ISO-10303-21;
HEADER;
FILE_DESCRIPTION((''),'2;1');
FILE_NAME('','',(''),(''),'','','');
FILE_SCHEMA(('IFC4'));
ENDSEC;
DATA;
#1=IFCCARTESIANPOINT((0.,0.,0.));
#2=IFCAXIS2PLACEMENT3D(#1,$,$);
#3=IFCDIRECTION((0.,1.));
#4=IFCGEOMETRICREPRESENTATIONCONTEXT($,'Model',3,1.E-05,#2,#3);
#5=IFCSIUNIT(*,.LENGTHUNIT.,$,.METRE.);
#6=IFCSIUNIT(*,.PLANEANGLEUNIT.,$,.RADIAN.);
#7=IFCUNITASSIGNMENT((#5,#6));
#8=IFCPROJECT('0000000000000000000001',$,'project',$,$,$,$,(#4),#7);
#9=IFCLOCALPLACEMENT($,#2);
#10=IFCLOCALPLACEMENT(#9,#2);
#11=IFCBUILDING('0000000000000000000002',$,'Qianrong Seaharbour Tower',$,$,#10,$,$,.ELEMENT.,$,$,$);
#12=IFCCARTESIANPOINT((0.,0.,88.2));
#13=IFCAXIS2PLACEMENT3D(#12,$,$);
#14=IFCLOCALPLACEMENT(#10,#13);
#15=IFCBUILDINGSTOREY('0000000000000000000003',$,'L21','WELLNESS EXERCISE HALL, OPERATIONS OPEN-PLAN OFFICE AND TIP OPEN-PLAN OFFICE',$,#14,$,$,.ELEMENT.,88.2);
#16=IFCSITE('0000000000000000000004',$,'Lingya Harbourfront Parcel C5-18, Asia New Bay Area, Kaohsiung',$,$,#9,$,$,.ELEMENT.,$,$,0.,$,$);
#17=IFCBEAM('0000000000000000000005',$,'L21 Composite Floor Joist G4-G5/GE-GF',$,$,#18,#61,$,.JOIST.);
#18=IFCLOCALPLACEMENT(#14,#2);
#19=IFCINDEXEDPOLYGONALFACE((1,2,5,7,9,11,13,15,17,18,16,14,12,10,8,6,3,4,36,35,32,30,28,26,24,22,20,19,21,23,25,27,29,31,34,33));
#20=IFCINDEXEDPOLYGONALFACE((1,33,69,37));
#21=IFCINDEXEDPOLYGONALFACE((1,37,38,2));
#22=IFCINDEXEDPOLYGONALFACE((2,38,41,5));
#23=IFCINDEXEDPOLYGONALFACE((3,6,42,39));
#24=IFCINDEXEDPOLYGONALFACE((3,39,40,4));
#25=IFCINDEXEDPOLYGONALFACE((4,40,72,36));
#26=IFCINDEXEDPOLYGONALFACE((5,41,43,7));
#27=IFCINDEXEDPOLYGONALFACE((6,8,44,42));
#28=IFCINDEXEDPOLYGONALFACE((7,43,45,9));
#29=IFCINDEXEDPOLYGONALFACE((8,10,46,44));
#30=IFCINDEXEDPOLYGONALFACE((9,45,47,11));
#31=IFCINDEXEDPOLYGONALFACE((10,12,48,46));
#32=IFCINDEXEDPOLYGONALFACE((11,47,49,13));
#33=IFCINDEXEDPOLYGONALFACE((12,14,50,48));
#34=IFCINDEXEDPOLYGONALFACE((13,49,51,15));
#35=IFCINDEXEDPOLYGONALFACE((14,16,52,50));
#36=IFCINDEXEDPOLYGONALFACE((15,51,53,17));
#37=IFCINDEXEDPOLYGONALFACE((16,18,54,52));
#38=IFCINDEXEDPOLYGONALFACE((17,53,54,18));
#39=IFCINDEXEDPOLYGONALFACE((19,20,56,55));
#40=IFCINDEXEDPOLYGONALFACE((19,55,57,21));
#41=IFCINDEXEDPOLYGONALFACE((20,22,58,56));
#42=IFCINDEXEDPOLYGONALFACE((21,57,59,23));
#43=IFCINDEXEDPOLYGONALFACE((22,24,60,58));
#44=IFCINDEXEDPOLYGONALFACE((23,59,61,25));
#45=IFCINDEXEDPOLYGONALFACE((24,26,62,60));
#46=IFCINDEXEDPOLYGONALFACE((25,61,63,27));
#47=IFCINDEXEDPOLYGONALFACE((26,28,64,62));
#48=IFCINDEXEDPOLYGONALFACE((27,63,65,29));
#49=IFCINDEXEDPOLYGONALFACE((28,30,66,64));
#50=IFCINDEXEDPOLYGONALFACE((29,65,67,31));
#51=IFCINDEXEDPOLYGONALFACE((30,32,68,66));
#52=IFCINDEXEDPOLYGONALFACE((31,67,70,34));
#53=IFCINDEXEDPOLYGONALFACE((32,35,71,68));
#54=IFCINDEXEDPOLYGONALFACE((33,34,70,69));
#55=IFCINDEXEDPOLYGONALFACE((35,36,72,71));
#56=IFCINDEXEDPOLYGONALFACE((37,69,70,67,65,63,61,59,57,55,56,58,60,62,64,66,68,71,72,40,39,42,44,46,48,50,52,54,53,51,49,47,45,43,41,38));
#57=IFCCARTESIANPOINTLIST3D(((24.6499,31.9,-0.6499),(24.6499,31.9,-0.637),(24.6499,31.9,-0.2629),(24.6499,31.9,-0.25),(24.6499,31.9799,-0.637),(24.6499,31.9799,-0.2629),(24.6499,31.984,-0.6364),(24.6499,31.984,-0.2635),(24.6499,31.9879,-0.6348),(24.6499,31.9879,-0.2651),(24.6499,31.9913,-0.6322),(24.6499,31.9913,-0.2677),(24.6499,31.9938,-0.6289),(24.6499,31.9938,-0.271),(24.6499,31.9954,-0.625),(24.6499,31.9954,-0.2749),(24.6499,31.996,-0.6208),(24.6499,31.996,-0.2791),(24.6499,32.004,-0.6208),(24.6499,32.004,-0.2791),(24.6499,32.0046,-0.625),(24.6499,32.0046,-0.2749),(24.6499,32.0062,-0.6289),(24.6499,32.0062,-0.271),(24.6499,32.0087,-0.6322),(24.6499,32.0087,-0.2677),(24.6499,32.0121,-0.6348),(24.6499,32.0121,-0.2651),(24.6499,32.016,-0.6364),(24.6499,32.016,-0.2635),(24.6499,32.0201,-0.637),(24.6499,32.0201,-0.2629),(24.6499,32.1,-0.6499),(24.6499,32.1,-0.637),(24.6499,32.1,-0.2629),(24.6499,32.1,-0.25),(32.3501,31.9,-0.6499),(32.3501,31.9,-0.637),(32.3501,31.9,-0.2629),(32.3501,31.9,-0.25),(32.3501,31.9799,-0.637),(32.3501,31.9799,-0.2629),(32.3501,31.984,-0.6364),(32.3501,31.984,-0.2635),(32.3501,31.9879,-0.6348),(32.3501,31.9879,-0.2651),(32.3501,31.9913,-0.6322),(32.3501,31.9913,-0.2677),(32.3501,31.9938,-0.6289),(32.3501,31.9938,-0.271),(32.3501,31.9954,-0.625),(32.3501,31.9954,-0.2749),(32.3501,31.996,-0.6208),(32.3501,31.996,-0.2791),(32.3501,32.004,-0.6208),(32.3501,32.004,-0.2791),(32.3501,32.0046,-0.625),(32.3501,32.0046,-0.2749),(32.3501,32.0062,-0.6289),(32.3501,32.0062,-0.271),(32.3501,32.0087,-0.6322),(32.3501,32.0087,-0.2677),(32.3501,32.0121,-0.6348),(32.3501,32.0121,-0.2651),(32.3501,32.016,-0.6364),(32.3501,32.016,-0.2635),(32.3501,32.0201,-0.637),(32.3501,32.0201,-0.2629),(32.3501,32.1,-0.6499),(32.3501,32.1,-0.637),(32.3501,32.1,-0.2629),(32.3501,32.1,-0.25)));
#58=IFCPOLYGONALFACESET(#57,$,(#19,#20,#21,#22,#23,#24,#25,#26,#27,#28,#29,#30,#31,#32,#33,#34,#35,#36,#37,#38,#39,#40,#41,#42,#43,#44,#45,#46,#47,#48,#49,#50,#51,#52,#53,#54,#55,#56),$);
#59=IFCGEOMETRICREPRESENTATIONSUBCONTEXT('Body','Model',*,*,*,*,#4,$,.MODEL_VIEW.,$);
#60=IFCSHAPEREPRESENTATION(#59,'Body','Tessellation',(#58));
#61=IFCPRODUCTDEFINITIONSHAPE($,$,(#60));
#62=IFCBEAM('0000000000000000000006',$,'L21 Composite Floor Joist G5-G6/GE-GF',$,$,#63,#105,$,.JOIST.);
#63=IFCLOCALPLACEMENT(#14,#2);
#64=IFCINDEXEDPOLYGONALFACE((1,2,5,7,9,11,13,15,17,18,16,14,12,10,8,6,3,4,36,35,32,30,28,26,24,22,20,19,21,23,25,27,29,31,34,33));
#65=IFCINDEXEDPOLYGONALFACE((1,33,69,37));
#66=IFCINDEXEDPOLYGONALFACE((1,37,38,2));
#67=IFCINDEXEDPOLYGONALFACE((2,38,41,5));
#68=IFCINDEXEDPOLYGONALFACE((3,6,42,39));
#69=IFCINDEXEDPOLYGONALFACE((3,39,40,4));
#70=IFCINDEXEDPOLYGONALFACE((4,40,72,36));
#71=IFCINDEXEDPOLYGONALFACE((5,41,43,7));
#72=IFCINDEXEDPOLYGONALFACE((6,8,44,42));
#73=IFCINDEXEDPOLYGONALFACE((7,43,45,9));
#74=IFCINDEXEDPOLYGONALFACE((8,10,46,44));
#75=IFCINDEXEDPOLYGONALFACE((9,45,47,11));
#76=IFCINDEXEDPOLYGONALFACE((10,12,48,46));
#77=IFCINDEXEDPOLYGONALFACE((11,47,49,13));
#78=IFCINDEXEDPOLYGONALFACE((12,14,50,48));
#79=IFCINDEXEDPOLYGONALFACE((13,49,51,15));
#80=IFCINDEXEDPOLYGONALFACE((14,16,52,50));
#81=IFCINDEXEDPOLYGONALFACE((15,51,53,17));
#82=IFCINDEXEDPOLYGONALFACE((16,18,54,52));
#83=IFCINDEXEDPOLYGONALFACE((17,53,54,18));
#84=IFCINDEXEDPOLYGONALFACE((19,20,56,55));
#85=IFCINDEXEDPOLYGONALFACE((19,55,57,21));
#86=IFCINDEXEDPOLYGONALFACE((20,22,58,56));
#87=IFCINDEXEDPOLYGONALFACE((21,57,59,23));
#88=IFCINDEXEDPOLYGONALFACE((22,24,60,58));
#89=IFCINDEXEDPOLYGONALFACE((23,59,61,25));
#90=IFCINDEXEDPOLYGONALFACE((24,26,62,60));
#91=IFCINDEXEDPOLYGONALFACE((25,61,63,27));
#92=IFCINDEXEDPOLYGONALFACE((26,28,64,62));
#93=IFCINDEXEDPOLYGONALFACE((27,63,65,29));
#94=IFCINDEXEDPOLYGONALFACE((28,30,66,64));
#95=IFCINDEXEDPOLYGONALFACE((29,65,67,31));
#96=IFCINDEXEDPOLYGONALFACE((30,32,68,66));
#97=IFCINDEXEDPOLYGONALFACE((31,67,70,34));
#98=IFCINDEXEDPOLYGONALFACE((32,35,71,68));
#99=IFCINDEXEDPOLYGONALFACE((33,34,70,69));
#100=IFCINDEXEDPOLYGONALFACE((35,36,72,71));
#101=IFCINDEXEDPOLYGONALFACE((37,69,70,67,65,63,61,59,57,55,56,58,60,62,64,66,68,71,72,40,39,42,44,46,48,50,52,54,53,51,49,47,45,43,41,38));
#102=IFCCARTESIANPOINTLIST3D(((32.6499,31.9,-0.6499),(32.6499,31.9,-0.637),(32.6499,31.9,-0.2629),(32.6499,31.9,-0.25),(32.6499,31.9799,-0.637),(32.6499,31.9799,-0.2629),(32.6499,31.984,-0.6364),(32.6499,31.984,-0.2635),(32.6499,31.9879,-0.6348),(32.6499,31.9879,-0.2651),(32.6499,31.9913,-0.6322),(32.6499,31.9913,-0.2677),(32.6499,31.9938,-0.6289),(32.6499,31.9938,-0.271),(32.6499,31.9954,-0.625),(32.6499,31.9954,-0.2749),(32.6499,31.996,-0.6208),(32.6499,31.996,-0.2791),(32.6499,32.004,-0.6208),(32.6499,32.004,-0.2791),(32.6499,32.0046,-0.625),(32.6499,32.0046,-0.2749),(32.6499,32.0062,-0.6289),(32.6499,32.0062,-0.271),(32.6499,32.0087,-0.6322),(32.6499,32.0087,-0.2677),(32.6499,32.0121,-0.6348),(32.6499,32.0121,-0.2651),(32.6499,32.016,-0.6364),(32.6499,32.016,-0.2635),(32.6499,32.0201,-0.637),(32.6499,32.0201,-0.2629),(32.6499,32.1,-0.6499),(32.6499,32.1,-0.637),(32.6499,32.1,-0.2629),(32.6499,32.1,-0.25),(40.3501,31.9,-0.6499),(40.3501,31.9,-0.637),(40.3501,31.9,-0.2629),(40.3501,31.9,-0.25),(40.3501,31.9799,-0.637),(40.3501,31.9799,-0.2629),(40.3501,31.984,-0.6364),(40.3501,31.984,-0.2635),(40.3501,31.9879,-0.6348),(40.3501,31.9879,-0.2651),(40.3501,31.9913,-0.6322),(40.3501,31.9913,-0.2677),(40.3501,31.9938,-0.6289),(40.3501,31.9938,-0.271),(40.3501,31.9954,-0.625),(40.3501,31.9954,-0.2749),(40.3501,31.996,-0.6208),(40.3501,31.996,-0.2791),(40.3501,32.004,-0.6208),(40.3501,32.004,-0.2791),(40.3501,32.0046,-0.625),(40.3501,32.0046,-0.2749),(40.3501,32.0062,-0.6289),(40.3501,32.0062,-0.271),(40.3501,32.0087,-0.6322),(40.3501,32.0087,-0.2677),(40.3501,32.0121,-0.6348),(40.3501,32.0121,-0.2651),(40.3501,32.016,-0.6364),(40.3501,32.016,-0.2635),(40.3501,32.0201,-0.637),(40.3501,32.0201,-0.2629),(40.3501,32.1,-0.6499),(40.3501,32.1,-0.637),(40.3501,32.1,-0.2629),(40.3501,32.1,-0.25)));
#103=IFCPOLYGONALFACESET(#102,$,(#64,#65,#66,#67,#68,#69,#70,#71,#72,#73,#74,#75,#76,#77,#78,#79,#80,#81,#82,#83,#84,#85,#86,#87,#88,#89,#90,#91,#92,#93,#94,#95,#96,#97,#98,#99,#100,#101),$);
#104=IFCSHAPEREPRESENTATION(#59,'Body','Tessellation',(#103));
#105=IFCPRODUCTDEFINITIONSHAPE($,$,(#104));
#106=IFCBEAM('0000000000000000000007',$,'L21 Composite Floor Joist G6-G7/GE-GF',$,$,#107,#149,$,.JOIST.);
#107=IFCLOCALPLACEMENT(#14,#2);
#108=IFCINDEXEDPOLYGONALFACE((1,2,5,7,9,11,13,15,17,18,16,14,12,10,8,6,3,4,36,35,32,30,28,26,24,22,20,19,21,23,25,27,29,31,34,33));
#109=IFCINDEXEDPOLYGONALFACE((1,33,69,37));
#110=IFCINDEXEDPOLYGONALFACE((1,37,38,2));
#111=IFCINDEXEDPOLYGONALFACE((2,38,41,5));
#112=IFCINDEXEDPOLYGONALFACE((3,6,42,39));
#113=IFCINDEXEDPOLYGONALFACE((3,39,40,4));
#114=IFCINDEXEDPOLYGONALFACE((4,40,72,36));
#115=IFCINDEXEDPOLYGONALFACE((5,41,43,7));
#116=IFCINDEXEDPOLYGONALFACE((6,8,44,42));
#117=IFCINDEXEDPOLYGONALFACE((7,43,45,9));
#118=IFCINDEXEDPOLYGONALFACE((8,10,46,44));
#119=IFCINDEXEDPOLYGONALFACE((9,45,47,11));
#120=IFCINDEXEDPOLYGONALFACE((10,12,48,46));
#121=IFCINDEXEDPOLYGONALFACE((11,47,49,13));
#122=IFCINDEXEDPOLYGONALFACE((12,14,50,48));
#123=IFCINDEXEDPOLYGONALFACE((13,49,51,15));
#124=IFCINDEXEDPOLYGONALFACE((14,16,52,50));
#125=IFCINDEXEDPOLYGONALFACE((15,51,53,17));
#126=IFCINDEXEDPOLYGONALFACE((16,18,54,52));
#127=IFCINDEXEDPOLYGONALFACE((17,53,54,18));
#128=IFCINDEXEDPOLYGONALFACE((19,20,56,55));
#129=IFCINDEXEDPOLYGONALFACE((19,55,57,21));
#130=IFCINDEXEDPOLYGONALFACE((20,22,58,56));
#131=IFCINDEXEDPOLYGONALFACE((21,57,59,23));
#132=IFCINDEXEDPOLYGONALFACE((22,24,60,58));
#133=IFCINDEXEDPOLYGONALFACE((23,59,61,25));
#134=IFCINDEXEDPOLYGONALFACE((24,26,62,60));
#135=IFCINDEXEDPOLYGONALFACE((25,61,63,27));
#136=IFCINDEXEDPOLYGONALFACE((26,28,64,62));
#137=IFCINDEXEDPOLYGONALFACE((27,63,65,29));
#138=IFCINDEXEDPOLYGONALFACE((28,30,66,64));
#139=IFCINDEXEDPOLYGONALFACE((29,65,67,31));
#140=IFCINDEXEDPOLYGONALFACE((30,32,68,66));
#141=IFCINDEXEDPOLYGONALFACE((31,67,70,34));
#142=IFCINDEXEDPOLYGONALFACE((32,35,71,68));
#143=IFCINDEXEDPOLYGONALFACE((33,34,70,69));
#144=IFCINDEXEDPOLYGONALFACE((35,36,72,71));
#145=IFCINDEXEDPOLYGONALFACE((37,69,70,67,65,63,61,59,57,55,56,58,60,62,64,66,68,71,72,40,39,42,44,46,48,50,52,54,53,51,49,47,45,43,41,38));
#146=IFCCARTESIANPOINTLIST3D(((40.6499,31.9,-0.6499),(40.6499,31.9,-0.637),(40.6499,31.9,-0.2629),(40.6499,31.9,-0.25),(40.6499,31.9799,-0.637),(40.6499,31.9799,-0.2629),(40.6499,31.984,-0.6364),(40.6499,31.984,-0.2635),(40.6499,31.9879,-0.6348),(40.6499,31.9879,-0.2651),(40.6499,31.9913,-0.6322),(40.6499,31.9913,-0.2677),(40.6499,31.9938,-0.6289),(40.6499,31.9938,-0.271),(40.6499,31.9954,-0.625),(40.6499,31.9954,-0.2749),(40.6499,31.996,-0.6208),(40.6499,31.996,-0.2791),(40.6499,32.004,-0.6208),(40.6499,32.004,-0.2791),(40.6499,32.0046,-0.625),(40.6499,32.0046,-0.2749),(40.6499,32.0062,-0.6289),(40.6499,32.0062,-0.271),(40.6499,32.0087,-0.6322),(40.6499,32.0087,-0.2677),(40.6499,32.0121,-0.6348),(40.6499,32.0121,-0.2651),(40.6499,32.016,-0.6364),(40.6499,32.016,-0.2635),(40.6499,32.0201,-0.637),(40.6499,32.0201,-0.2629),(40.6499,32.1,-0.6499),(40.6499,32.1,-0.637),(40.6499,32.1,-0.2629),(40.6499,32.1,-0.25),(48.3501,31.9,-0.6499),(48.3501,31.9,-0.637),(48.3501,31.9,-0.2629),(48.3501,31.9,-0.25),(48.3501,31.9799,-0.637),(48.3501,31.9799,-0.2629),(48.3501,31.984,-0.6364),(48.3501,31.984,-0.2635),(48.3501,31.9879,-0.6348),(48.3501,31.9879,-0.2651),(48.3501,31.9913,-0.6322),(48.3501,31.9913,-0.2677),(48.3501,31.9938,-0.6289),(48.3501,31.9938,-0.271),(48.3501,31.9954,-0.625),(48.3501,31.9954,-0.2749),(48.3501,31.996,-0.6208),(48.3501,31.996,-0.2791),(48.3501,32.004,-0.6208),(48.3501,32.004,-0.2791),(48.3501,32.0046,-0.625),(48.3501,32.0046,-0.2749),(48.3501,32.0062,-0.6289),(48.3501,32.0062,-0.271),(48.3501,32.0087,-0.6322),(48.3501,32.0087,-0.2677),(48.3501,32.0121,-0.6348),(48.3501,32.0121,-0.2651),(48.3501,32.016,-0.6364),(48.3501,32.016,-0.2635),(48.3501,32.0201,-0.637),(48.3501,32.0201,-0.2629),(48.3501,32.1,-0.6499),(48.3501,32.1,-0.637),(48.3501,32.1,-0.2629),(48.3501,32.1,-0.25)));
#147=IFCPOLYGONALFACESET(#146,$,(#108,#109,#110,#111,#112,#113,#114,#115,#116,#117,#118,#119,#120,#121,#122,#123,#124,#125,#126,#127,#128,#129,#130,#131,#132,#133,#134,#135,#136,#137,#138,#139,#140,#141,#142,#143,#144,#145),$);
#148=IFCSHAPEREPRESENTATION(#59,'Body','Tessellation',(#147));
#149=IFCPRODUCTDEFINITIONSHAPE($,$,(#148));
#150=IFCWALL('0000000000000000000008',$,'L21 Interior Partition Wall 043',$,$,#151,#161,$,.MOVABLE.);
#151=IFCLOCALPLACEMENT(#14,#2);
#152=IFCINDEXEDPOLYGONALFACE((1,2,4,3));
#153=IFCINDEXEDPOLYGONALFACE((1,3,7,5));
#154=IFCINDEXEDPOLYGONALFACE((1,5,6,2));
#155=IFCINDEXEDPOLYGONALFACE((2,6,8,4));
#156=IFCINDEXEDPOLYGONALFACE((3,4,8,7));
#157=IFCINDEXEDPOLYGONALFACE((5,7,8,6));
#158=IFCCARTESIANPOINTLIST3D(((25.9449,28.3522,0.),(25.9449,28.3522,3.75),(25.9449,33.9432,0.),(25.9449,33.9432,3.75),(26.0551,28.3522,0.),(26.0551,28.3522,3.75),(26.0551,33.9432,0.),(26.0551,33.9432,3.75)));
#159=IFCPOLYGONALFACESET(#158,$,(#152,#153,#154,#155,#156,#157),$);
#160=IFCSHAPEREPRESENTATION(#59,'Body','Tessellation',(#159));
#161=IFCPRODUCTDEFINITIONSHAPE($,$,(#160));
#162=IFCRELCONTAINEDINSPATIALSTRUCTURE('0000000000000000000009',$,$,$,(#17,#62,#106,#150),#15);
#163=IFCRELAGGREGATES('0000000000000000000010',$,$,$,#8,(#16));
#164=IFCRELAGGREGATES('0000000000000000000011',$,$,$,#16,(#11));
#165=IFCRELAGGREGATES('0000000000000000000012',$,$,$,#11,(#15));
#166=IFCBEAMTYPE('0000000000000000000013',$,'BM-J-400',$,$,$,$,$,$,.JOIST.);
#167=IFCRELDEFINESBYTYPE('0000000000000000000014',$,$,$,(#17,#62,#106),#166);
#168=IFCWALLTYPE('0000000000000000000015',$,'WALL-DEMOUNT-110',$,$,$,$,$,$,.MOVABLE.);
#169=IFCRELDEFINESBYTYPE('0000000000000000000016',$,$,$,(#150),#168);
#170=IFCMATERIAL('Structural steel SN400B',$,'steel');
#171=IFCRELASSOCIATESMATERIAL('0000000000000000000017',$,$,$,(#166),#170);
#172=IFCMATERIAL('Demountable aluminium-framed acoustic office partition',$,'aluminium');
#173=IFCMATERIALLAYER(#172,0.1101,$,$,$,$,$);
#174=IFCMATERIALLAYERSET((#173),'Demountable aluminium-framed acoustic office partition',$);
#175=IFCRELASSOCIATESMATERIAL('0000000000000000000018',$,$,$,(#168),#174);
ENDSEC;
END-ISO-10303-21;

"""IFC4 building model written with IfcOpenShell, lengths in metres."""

from ifc_helpers import new_model, si_unit, direction, frame, frame_2d, origin, origin_2d, place, context, subcontext, project, spatial, rectangle, i_section, extrude, material, layer, layer_set, material_profile, profile_set, type_object, element, save


model = new_model("IFC4")

# Units and contexts
model_context = context("Model", 3, precision=1e-05, world=origin(), true_north=direction((0.0, 1.0)))
body_context = subcontext(model_context, "Body", "Model", "MODEL_VIEW")
ifc_project = project(units=[si_unit("LENGTHUNIT", "METRE"), si_unit("PLANEANGLEUNIT", "RADIAN")], contexts=[model_context])

# Site, building, storey
site_placement = place(None, origin())
site = spatial("IfcSite", under=ifc_project, at=site_placement, Name="Lingya Harbourfront Parcel C5-18, Asia New Bay Area, Kaohsiung", CompositionType="ELEMENT", RefElevation=0.0)
building_placement = place(site_placement, origin())
building = spatial("IfcBuilding", under=site, at=building_placement, Name="Qianrong Seaharbour Tower", CompositionType="ELEMENT")
storey_placement = place(building_placement, frame((0.0, 0.0, 88.2)))
storey = spatial("IfcBuildingStorey", under=building, at=storey_placement, Name="L21", Description="WELLNESS EXERCISE HALL, OPERATIONS OPEN-PLAN OFFICE AND TIP OPEN-PLAN OFFICE", CompositionType="ELEMENT", Elevation=88.2)

# Beams
ifc_material_1 = material(Name="Structural steel SN400B", Category="steel")
ifc_material_profile_1 = material_profile(ifc_material_1, i_section(OverallWidth=0.2, OverallDepth=0.3999, WebThickness=0.0081, FlangeThickness=0.0129, FilletRadius=0.0161, at=origin_2d()), Name="H400x200x8x13")
ifc_profile_set_1 = profile_set([ifc_material_profile_1], Name="Structural steel SN400B")
beam_type_1 = type_object("IfcBeamType", Name="BM-J-400", PredefinedType="JOIST", material=ifc_profile_set_1)
for number, where, z_axis, x_axis, name in (
    (1, (24.6499, 32.0, -0.45), (1.0, 0.0, 0.0), (0.0, 1.0, 0.0), "L21 Composite Floor Joist G4-G5/GE-GF"),
    (2, (32.6499, 32.0, -0.45), (1.0, 0.0, 0.0), (0.0, 1.0, 0.0), "L21 Composite Floor Joist G5-G6/GE-GF"),
    (3, (40.6499, 32.0, -0.45), (1.0, 0.0, 0.0), (0.0, 1.0, 0.0), "L21 Composite Floor Joist G6-G7/GE-GF"),
):
    element("IfcBeam", number, at=place(storey_placement, frame(where, z_axis=z_axis, x_axis=x_axis)), inside=storey, type_object=beam_type_1, Name=name, PredefinedType="JOIST", context=body_context, shape_type="SweptSolid", body=[
        extrude(i_section(OverallWidth=0.2, OverallDepth=0.3999, WebThickness=0.0081, FlangeThickness=0.0129, FilletRadius=0.0161, at=origin_2d()), origin(), (0.0, 0.0, 1.0), 7.7002),
    ])

# Wall
ifc_material_2 = material(Name="Demountable aluminium-framed acoustic office partition", Category="aluminium")
ifc_layer_1 = layer(ifc_material_2, 0.1101)
ifc_layer_set_1 = layer_set([ifc_layer_1], Name="Demountable aluminium-framed acoustic office partition")
wall_type_1 = type_object("IfcWallType", Name="WALL-DEMOUNT-110", PredefinedType="MOVABLE", material=ifc_layer_set_1)
wall_1_placement = place(storey_placement, frame((26.0, 33.9431, 0.0), z_axis=(0.0, 0.0, 1.0), x_axis=(0.0, -1.0, 0.0)))
element("IfcWall", 4, at=wall_1_placement, inside=storey, type_object=wall_type_1, Name="L21 Interior Partition Wall 043", PredefinedType="MOVABLE", context=body_context, shape_type="SweptSolid", body=[
    extrude(rectangle(XDim=5.5911, YDim=0.1101, at=frame_2d((2.7954, 0.0))), origin(), (0.0, 0.0, 1.0), 3.75),
])

save(model, "model.ifc")
